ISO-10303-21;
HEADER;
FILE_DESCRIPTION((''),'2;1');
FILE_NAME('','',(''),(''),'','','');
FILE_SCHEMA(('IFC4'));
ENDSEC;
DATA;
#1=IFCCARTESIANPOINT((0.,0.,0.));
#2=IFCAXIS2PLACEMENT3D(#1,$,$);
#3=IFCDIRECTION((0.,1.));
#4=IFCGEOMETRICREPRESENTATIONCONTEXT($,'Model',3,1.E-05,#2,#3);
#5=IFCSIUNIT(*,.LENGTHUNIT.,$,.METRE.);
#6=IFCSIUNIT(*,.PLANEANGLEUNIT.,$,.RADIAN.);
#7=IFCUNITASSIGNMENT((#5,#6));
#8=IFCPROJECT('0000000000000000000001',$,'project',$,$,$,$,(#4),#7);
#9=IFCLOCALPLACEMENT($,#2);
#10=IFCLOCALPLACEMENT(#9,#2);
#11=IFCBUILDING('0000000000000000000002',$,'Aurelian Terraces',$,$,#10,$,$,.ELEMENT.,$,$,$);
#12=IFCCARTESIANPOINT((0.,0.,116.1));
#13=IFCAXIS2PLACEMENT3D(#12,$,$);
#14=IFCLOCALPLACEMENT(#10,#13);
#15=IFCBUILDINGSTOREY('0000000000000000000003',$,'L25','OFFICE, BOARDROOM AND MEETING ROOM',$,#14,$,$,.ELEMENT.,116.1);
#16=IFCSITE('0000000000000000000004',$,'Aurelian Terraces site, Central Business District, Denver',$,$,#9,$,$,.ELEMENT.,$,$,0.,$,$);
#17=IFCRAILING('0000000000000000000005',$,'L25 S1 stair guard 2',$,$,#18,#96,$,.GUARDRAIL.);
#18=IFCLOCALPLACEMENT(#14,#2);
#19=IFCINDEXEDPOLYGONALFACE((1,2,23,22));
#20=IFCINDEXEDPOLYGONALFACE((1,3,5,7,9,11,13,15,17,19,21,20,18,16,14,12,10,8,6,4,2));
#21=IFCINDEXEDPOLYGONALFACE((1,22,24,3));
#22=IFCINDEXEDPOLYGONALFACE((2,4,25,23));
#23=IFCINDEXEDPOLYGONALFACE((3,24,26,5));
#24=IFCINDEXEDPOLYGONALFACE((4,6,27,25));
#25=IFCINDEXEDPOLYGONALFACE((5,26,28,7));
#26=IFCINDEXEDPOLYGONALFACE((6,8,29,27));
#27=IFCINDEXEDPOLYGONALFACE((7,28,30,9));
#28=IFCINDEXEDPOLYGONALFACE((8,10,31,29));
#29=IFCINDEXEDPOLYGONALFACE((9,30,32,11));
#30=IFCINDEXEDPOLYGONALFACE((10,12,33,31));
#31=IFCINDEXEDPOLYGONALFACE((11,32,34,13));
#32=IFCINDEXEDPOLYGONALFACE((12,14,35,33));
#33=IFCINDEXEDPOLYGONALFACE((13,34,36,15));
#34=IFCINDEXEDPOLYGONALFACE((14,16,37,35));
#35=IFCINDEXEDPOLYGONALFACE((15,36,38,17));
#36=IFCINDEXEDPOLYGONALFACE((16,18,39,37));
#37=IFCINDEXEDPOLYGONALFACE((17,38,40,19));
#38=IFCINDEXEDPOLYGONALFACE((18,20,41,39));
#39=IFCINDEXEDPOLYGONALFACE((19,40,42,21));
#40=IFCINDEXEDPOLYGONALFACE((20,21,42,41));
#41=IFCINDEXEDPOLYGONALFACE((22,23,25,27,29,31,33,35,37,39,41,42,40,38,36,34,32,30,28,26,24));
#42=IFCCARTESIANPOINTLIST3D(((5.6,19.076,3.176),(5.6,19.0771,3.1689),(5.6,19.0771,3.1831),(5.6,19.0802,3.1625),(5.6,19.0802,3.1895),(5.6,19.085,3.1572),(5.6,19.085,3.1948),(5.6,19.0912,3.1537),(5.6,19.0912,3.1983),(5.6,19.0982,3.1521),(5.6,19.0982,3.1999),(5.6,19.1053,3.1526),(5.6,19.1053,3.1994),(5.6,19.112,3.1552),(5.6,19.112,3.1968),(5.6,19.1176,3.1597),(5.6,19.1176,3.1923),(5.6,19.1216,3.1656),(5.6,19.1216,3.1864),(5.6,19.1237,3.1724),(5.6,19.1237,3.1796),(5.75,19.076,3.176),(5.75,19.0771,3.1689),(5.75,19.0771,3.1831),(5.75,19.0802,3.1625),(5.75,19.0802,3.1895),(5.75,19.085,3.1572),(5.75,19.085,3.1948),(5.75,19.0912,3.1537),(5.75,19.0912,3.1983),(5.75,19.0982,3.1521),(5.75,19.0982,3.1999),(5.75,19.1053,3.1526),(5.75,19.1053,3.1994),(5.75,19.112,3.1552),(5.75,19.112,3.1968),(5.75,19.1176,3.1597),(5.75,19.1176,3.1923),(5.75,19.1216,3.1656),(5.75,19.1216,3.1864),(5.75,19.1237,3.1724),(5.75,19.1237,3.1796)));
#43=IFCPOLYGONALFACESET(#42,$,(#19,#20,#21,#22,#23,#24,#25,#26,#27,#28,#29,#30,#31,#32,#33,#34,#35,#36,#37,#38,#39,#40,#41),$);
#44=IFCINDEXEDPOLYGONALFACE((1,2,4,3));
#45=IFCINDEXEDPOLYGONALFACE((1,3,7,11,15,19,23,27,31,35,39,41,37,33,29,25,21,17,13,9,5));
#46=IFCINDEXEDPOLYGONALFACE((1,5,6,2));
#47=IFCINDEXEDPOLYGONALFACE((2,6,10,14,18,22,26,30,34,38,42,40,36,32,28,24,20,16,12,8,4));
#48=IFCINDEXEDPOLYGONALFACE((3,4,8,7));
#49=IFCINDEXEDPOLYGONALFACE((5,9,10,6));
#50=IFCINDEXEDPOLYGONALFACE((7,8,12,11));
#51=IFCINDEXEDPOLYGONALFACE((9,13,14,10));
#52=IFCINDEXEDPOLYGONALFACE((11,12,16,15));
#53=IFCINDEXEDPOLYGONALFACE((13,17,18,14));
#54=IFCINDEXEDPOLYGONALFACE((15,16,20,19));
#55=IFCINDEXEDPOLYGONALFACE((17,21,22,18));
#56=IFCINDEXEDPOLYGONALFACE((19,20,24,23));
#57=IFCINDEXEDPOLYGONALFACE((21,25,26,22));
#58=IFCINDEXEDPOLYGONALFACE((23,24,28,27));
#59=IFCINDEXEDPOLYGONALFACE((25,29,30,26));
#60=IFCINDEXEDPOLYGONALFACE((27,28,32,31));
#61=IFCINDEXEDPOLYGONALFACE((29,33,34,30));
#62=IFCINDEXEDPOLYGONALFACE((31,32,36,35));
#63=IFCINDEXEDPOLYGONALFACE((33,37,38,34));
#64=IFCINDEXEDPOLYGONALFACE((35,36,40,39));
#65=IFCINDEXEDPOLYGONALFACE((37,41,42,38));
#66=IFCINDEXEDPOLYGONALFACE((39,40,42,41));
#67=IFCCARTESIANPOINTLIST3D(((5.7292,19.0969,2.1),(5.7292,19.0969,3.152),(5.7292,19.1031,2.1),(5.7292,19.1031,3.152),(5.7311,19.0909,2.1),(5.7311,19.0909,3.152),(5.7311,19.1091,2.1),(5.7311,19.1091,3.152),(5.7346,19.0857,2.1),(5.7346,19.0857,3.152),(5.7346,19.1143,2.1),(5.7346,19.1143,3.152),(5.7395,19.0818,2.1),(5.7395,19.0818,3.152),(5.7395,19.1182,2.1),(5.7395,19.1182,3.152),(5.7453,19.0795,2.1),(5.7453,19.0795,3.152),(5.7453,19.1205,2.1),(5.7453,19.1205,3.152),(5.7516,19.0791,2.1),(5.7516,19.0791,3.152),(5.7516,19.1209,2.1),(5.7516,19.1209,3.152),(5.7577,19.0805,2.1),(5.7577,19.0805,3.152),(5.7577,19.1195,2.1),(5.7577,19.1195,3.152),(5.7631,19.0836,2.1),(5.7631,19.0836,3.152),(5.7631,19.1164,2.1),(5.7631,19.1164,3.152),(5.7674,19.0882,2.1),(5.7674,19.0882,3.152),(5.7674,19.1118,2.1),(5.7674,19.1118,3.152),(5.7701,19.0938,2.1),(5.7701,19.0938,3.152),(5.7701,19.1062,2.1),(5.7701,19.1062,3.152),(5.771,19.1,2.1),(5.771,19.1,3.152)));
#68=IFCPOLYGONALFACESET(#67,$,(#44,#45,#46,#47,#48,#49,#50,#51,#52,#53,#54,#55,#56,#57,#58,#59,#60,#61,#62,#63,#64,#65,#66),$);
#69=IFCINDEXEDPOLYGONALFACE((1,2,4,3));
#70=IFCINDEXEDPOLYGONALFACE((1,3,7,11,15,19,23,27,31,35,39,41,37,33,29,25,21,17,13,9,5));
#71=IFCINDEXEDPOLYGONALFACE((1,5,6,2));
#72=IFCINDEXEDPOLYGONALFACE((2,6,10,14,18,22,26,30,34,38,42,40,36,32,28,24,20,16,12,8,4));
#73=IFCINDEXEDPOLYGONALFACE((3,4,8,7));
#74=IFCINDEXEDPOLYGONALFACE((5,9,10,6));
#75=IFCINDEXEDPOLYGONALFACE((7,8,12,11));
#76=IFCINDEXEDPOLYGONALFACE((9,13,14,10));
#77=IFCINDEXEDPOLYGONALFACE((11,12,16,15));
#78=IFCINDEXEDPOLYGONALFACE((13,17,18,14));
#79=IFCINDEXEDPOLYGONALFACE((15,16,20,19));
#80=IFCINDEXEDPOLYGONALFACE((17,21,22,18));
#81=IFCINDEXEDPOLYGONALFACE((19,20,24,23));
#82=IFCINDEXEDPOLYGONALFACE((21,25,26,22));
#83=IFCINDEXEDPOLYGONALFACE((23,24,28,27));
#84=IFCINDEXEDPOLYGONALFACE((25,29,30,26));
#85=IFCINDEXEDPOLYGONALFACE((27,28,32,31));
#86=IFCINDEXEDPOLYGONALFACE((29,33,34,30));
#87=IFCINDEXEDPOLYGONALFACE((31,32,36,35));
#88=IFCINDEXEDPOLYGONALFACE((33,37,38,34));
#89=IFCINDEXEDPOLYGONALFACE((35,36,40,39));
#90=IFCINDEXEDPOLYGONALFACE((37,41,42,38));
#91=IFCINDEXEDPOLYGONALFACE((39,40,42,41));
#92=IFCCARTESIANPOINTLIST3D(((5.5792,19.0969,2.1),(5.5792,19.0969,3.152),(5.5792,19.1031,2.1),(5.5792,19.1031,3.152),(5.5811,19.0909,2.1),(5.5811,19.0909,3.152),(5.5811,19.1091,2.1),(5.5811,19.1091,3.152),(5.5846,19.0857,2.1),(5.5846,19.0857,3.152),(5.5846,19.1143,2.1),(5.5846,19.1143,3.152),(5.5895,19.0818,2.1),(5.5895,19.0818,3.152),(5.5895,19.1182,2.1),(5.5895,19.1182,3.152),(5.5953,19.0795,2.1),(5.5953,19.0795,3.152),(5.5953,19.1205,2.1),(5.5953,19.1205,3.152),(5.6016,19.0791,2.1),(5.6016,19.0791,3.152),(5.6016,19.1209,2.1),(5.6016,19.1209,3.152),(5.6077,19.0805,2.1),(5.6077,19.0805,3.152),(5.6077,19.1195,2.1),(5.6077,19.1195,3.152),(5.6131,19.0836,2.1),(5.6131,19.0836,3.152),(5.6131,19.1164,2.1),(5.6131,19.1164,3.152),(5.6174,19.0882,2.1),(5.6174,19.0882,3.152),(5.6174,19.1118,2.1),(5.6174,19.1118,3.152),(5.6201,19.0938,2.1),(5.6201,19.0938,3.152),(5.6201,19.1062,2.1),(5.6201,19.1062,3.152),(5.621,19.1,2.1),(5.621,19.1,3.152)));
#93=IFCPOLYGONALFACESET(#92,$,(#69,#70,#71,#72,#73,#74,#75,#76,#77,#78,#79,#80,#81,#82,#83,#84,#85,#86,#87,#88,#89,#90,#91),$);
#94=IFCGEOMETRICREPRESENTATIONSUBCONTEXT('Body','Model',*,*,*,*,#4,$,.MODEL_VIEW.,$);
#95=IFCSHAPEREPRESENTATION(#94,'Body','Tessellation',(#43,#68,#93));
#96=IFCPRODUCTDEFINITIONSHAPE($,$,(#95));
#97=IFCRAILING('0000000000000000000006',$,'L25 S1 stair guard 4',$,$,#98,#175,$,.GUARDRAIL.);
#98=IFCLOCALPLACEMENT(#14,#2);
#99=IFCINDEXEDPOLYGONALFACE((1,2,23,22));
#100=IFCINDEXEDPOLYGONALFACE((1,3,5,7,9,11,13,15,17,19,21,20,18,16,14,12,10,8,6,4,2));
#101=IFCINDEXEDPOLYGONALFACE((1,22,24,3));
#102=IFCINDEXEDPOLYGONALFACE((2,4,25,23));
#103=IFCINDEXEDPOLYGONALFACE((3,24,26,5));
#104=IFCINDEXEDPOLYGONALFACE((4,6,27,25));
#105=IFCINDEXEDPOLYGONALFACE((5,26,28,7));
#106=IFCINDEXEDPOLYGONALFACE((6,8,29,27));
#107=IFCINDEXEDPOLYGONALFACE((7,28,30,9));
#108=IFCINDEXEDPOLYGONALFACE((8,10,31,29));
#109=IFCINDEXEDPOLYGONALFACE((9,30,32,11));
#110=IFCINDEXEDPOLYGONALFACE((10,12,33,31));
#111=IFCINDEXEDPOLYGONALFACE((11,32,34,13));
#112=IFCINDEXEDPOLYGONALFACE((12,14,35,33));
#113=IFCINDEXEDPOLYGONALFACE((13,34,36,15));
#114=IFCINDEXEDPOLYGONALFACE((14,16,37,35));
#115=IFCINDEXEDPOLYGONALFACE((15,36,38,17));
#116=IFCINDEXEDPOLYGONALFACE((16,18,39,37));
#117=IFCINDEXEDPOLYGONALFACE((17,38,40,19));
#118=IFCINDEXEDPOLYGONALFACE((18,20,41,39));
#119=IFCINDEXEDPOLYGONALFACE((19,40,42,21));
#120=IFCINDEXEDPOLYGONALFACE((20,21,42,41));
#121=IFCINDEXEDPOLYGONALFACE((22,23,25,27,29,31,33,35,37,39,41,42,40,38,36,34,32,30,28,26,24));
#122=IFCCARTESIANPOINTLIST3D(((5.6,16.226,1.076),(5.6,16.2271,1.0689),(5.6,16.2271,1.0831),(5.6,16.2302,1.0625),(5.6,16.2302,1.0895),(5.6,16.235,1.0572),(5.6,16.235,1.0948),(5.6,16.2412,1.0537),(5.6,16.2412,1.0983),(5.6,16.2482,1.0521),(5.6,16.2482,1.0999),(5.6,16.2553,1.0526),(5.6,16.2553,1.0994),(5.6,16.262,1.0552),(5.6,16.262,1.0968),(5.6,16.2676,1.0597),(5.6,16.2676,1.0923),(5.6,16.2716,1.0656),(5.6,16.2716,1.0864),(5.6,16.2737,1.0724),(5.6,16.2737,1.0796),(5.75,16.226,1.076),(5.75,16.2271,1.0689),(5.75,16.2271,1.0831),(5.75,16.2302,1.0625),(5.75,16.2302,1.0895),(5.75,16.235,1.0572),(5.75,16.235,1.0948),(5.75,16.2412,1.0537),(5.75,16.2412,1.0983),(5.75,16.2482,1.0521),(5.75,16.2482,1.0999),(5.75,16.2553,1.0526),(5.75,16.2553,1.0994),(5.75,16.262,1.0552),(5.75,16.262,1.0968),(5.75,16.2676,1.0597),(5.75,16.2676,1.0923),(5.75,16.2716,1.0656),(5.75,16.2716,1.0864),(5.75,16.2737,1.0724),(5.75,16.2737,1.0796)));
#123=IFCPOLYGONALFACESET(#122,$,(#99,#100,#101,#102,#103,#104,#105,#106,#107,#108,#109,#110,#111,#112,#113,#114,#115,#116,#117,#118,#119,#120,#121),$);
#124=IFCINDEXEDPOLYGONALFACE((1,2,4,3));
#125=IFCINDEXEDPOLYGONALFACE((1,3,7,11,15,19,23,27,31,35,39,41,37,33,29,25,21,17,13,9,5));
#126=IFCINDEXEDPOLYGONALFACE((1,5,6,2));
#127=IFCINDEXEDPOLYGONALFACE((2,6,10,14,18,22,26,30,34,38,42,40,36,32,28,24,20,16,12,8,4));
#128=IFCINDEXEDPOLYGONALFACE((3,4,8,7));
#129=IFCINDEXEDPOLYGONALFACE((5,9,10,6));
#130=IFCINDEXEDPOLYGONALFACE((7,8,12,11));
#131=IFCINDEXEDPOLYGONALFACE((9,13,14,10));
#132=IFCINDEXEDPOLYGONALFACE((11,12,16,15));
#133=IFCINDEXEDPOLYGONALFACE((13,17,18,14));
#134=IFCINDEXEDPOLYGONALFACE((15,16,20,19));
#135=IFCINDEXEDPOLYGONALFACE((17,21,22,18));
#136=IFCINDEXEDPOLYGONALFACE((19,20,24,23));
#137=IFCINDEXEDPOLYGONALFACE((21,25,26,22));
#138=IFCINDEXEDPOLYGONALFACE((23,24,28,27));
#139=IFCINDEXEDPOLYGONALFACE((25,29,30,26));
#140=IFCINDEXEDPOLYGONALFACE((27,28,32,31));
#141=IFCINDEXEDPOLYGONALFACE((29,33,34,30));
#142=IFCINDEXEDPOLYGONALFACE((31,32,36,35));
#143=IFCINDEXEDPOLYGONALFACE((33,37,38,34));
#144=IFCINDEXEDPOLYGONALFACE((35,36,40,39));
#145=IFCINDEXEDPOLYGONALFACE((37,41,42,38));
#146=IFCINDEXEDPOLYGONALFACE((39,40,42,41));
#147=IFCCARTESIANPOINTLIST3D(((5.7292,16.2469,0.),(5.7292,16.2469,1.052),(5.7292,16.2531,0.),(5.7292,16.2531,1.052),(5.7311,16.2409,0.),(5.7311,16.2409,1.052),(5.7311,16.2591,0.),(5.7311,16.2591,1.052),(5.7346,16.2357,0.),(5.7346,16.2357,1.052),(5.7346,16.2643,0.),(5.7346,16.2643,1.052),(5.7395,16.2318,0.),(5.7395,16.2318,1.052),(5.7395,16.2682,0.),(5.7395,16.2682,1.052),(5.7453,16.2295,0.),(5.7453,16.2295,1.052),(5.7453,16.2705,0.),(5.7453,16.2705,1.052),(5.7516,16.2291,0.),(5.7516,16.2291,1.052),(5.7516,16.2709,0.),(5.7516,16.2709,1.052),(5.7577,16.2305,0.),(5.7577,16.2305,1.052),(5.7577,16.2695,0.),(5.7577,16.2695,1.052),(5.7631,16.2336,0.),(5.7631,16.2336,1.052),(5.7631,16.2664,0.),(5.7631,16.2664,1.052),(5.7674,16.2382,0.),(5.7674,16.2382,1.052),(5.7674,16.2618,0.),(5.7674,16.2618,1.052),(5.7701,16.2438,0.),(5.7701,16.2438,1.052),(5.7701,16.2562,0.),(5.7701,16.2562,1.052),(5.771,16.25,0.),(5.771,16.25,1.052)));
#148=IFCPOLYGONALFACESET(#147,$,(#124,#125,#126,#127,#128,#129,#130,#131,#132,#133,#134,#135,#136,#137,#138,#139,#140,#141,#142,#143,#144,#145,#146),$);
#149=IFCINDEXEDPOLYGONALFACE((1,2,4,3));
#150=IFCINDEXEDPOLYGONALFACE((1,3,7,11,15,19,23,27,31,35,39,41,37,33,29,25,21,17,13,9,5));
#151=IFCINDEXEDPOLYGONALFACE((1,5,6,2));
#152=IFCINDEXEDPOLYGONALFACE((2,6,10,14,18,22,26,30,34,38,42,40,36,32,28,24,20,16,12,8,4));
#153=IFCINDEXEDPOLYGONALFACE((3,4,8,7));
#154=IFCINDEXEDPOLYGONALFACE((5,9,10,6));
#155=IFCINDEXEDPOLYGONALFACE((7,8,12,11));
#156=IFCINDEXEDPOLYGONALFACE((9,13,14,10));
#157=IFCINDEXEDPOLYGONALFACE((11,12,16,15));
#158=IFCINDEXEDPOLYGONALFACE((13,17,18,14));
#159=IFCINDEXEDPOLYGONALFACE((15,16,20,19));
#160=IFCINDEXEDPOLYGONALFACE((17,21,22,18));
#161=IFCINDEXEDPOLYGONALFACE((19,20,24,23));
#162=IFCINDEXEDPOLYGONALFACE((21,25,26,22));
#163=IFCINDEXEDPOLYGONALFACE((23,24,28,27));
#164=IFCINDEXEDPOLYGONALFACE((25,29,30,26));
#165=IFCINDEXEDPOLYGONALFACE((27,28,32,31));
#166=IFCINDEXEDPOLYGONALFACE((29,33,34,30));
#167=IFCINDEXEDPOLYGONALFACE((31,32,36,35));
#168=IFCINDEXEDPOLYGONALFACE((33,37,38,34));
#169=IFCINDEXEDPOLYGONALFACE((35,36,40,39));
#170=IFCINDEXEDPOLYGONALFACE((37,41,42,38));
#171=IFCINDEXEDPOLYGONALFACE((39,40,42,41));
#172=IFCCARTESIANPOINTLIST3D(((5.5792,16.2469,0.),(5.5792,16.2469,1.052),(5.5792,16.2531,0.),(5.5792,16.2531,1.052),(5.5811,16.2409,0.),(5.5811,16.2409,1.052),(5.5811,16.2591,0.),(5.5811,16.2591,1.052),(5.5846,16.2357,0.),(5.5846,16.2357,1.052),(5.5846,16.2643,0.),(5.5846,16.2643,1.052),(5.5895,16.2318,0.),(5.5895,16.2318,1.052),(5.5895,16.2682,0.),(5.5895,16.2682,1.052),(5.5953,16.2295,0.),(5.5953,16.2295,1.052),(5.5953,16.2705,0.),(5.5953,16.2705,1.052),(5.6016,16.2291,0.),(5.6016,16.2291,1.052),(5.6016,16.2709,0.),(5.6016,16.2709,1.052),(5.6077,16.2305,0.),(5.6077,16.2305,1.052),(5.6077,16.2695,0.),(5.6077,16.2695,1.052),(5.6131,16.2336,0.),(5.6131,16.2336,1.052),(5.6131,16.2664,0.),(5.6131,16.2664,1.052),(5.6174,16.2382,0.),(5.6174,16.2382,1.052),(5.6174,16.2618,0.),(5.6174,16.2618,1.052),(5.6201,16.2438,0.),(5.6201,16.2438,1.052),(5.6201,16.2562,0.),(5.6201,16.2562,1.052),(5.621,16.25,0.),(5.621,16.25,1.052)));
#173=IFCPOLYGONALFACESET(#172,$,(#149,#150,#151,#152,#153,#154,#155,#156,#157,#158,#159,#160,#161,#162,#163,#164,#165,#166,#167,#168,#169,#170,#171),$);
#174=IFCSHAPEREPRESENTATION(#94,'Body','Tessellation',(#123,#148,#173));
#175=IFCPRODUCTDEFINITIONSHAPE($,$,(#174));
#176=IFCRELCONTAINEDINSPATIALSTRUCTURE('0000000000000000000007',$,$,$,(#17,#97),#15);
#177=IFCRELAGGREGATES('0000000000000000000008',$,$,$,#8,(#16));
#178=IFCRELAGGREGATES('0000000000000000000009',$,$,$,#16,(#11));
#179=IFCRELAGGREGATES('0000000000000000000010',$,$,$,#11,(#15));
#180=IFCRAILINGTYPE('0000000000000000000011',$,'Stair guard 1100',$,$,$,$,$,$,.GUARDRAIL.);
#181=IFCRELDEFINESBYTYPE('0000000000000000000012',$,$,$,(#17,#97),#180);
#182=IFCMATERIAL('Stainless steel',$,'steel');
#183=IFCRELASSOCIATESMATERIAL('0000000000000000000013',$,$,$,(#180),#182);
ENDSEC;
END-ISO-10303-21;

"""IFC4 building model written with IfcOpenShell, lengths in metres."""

from ifc_helpers import new_model, si_unit, direction, frame, origin, origin_2d, place, context, subcontext, project, spatial, circle, extrude, source, transform, mapped, material, type_object, element, save


model = new_model("IFC4")

# Units and contexts
model_context = context("Model", 3, precision=1e-05, world=origin(), true_north=direction((0.0, 1.0)))
body_context = subcontext(model_context, "Body", "Model", "MODEL_VIEW")
ifc_project = project(units=[si_unit("LENGTHUNIT", "METRE"), si_unit("PLANEANGLEUNIT", "RADIAN")], contexts=[model_context])

# Site, building, storey
site_placement = place(None, origin())
site = spatial("IfcSite", under=ifc_project, at=site_placement, Name="Aurelian Terraces site, Central Business District, Denver", CompositionType="ELEMENT", RefElevation=0.0)
building_placement = place(site_placement, origin())
building = spatial("IfcBuilding", under=site, at=building_placement, Name="Aurelian Terraces", CompositionType="ELEMENT")
storey_placement = place(building_placement, frame((0.0, 0.0, 116.1)))
storey = spatial("IfcBuildingStorey", under=building, at=storey_placement, Name="L25", Description="OFFICE, BOARDROOM AND MEETING ROOM", CompositionType="ELEMENT", Elevation=116.1)

# Railings
ifc_material_1 = material(Name="Stainless steel", Category="steel")
railing_type_1 = type_object("IfcRailingType", Name="Stair guard 1100", PredefinedType="GUARDRAIL", material=ifc_material_1)
shared_shape_1 = source(origin(), body_context, "Body", "SweptSolid", [
    extrude(circle(Radius=0.024, at=origin_2d()), frame((0.0, 0.0, 1.076), z_axis=(-1.0, 0.0, 0.0), x_axis=(0.0, -1.0, 0.0)), (0.0, 0.0, 1.0), 0.15),
    extrude(circle(Radius=0.021, at=origin_2d()), origin(), (0.0, 0.0, 1.0), 1.052),
    extrude(circle(Radius=0.021, at=origin_2d()), frame((-0.15, 0.0, 0.0)), (0.0, 0.0, 1.0), 1.052),
])
for number, where, name in (
    (1, (5.75, 19.1, 2.1), "L25 S1 stair guard 2"),
    (2, (5.75, 16.25, 0.0), "L25 S1 stair guard 4"),
):
    element("IfcRailing", number, at=place(storey_placement, frame(where)), inside=storey, type_object=railing_type_1, Name=name, PredefinedType="GUARDRAIL", context=body_context, shape_type="MappedRepresentation", body=[
        mapped(shared_shape_1, transform((0.0, 0.0, 0.0), scale=1.0)),
    ])

save(model, "model.ifc")
